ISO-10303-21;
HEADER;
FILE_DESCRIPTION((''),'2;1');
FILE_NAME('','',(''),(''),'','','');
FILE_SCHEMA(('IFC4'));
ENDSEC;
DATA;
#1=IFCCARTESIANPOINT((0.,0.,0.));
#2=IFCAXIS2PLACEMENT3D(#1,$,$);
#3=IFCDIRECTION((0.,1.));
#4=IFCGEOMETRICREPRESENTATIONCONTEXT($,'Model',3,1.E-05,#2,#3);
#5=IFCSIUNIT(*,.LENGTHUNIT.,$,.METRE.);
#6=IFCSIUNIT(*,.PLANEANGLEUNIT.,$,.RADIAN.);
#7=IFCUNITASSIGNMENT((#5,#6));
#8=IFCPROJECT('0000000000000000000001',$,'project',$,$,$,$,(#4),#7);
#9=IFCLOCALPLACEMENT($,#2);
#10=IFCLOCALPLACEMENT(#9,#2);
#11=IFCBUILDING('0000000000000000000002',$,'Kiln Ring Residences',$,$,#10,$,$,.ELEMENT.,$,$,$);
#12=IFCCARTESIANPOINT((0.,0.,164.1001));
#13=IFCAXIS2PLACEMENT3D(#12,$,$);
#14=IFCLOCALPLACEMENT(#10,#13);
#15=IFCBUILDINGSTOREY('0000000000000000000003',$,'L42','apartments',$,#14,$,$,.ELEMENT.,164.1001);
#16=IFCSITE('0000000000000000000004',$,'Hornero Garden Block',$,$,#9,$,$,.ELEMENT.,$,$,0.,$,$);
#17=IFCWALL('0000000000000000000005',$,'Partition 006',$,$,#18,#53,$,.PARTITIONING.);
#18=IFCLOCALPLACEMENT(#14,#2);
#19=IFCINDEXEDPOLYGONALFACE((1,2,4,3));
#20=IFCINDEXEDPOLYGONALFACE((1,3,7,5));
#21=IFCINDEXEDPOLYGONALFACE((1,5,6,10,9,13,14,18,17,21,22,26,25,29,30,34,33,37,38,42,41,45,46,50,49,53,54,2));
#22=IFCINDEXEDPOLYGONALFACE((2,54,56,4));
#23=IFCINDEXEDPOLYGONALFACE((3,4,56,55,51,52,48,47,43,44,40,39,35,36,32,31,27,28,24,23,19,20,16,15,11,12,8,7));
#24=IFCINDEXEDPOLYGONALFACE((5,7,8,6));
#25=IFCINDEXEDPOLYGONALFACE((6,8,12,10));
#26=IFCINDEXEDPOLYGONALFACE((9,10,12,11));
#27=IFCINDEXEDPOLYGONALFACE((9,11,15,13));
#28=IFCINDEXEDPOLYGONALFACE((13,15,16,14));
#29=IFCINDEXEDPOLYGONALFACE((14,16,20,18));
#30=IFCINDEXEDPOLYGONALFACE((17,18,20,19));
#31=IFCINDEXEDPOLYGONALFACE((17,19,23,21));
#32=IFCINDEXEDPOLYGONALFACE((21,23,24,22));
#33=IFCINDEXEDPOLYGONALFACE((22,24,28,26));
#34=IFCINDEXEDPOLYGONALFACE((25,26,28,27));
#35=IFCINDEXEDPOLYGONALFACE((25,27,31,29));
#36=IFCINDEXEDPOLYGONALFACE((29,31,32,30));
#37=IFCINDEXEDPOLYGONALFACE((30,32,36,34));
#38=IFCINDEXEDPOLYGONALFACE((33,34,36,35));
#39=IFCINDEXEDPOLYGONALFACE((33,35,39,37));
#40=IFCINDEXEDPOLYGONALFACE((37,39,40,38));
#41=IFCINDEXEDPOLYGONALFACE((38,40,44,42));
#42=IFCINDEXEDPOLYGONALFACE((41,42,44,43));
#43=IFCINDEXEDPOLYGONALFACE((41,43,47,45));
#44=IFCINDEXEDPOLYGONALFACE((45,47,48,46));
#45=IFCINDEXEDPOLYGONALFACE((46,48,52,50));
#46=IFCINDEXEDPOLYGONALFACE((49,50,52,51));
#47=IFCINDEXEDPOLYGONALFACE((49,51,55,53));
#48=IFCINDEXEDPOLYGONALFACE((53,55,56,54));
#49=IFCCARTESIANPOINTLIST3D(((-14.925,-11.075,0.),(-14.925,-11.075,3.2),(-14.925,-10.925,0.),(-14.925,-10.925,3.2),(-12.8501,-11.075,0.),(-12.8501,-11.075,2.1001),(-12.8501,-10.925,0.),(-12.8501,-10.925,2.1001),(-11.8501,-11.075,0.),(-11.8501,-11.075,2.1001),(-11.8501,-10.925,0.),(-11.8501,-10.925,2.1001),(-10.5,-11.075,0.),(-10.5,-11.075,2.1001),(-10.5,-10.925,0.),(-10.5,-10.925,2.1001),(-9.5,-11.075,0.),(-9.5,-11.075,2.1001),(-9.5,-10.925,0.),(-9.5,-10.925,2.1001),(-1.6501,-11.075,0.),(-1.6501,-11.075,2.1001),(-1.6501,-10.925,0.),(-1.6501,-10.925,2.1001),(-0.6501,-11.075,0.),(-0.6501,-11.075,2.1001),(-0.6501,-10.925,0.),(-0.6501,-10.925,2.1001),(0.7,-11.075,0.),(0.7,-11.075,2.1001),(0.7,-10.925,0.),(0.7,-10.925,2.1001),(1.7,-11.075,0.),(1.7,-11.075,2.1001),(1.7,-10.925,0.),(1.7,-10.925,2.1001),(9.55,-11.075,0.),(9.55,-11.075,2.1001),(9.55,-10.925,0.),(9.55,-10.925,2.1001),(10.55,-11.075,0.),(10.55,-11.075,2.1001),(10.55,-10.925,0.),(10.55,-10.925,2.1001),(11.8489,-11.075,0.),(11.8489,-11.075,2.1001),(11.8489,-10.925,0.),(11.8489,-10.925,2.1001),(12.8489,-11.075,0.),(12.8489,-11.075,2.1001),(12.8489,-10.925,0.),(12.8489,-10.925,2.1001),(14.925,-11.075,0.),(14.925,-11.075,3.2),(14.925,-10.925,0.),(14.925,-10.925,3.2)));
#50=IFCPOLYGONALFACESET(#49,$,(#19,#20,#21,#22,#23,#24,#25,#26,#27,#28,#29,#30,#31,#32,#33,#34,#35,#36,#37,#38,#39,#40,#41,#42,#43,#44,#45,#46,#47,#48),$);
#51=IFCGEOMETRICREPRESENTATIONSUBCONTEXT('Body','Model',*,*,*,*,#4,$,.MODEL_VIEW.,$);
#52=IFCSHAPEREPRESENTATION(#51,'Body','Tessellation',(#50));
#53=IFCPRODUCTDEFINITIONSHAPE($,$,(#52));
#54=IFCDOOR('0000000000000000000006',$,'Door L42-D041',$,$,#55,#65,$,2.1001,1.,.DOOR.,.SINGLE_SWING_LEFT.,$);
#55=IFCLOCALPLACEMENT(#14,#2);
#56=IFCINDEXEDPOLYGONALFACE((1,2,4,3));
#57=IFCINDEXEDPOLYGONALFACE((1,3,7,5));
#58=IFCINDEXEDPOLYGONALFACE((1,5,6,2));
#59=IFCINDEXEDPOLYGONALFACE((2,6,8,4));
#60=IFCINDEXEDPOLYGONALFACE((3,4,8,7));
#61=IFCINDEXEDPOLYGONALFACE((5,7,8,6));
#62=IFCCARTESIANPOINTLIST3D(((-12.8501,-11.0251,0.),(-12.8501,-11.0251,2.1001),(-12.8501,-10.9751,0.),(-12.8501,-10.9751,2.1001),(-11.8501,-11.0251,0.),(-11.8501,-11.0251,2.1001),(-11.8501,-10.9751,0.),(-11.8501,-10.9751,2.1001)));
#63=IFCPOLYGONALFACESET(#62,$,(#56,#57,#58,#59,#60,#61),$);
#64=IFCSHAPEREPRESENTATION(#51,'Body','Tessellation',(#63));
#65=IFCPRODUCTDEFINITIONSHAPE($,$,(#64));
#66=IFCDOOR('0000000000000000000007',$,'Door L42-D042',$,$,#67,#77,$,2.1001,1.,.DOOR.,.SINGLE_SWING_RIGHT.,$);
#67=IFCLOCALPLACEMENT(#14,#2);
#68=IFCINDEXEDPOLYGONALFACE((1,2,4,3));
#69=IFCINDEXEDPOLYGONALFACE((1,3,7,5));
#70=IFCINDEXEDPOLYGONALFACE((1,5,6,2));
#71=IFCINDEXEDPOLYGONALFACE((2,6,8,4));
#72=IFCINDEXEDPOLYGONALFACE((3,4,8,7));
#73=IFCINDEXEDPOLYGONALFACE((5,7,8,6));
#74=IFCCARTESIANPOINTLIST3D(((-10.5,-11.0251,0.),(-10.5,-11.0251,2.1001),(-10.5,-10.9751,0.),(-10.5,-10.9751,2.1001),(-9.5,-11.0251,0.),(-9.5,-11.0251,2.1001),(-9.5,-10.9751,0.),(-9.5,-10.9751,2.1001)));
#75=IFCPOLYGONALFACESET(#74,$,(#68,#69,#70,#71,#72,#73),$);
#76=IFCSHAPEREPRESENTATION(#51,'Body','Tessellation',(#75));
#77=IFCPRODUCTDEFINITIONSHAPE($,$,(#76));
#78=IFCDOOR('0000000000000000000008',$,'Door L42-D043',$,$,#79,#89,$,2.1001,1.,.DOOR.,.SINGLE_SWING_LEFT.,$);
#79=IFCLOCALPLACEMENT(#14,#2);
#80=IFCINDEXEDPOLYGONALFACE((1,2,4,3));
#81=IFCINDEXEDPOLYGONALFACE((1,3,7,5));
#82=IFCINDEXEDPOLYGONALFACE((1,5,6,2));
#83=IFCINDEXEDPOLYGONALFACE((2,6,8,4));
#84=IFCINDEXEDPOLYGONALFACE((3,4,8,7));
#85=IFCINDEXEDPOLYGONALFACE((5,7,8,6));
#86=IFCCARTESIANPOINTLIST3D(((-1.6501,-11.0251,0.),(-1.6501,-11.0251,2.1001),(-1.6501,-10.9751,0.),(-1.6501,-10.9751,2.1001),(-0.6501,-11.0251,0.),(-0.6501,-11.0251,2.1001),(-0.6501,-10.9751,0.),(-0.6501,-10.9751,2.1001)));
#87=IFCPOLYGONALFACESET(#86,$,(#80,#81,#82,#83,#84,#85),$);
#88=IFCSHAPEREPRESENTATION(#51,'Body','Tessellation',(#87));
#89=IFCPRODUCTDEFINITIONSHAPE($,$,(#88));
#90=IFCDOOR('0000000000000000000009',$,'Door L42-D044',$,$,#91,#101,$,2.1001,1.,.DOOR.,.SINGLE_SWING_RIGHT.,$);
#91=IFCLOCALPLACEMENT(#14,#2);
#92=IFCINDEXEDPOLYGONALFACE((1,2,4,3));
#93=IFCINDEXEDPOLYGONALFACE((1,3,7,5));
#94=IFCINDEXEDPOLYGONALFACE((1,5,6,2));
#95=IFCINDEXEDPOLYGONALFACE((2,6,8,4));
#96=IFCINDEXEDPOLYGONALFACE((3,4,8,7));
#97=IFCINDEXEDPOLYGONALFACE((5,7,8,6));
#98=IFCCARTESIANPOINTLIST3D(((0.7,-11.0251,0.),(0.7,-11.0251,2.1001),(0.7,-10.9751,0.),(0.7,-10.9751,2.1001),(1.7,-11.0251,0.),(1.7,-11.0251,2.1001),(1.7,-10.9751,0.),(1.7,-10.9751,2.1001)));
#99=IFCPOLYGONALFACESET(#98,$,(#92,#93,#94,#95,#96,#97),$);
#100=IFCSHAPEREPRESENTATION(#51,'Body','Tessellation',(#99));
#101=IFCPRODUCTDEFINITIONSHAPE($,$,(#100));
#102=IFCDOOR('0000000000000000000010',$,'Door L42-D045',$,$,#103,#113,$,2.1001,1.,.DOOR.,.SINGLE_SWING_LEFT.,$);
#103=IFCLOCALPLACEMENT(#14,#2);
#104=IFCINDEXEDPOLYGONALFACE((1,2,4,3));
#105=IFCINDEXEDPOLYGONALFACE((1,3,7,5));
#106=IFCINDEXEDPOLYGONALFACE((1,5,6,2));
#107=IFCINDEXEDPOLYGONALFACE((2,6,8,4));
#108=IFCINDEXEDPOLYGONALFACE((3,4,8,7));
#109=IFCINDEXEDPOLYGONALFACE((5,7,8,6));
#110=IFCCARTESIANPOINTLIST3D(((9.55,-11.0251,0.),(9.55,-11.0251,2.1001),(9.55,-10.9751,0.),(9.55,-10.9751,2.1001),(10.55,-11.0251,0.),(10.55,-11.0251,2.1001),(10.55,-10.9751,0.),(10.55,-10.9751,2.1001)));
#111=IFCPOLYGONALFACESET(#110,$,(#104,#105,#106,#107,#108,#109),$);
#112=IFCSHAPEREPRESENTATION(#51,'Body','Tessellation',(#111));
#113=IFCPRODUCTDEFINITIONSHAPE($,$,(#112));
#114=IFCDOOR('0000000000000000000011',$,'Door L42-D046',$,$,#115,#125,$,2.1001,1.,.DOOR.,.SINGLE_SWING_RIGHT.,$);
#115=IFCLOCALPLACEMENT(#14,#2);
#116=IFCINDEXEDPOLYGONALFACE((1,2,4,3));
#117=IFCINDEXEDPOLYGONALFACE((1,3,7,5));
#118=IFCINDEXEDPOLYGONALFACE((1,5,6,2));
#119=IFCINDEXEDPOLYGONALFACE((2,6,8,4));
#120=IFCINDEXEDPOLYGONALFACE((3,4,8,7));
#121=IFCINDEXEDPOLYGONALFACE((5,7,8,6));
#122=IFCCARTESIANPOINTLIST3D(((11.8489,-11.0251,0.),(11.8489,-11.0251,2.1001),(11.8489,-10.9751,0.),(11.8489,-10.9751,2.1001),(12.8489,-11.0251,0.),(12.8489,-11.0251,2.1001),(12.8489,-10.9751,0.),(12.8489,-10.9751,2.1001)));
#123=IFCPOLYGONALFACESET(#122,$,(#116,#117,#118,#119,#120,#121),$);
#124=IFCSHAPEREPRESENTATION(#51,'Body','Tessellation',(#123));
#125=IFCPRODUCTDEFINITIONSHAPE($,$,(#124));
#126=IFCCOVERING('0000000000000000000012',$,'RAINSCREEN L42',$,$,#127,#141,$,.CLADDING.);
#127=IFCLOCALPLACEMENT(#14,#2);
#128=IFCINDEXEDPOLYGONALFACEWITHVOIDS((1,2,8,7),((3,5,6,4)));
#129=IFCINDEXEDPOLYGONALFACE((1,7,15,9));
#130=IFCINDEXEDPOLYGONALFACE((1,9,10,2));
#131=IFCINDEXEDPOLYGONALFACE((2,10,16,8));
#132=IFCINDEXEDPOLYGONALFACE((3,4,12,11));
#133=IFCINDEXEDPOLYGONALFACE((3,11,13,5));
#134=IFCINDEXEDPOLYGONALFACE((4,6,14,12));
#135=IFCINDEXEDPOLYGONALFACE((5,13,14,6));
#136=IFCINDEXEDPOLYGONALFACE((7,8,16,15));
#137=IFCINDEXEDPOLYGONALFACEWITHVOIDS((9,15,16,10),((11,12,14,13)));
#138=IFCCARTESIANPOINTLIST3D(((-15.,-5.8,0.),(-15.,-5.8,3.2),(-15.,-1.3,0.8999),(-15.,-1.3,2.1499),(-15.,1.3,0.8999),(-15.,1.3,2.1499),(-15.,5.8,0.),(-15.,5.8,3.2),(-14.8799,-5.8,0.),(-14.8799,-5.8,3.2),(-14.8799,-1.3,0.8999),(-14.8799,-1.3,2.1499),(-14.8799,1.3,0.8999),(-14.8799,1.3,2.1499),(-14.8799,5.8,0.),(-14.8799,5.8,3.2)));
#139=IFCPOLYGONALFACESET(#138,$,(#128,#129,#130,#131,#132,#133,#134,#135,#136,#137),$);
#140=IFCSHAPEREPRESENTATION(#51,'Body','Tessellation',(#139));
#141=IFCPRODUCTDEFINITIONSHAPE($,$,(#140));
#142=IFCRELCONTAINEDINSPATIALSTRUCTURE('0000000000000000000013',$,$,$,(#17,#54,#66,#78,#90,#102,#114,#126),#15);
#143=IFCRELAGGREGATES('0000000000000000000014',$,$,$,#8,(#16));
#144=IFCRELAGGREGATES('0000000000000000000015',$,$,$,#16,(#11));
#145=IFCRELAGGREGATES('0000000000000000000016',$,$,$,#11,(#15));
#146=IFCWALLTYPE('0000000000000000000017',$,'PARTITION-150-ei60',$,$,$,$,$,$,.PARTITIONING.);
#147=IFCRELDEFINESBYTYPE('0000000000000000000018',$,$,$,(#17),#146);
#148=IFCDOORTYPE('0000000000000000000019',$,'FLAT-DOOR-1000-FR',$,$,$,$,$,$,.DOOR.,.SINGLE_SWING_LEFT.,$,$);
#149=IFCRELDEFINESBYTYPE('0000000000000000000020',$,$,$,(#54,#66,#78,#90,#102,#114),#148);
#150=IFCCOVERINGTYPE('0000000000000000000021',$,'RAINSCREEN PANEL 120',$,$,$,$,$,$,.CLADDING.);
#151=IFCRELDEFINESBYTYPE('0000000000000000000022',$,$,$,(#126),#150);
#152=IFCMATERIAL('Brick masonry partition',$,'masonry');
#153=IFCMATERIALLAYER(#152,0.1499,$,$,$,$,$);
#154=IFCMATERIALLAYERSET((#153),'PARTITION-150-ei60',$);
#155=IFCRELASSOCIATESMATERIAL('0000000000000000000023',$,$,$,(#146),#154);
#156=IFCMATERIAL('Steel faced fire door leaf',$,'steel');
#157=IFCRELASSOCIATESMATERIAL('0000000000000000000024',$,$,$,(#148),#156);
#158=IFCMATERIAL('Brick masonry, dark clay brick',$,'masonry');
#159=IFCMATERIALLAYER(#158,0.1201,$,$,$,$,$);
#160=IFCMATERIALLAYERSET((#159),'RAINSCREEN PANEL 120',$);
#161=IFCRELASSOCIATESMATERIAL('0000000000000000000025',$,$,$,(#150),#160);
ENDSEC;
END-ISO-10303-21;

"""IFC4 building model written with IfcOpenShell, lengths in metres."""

from ifc_helpers import new_model, si_unit, direction, frame, frame_2d, origin, place, context, subcontext, project, spatial, polyline, rectangle, outline, extrude, material, layer, layer_set, type_object, element, fill, save


model = new_model("IFC4")

# Units and contexts
model_context = context("Model", 3, precision=1e-05, world=origin(), true_north=direction((0.0, 1.0)))
body_context = subcontext(model_context, "Body", "Model", "MODEL_VIEW")
ifc_project = project(units=[si_unit("LENGTHUNIT", "METRE"), si_unit("PLANEANGLEUNIT", "RADIAN")], contexts=[model_context])

# Site, building, storey
site_placement = place(None, origin())
site = spatial("IfcSite", under=ifc_project, at=site_placement, Name="Hornero Garden Block", CompositionType="ELEMENT", RefElevation=0.0)
building_placement = place(site_placement, origin())
building = spatial("IfcBuilding", under=site, at=building_placement, Name="Kiln Ring Residences", CompositionType="ELEMENT")
storey_placement = place(building_placement, frame((0.0, 0.0, 164.1001)))
storey = spatial("IfcBuildingStorey", under=building, at=storey_placement, Name="L42", Description="apartments", CompositionType="ELEMENT", Elevation=164.1001)

# Wall, openings, doors
ifc_material_1 = material(Name="Brick masonry partition", Category="masonry")
ifc_layer_1 = layer(ifc_material_1, 0.1499)
ifc_layer_set_1 = layer_set([ifc_layer_1], Name="PARTITION-150-ei60")
wall_type_1 = type_object("IfcWallType", Name="PARTITION-150-ei60", PredefinedType="PARTITIONING", material=ifc_layer_set_1)
wall_1_placement = place(storey_placement, frame((-14.925, -11.0, 0.0), z_axis=(0.0, 0.0, 1.0), x_axis=(1.0, 0.0, 0.0)))
wall_1 = element("IfcWall", 1, at=wall_1_placement, inside=storey, type_object=wall_type_1, Name="Partition 006", PredefinedType="PARTITIONING", context=body_context, shape_type="SweptSolid", body=[
    extrude(rectangle(XDim=29.8501, YDim=0.1499, at=frame_2d((14.925, 0.0))), origin(), (0.0, 0.0, 1.0), 3.2),
])
opening_1_placement = place(wall_1_placement, frame((2.075, 0.0, 0.0)))
opening_1 = element("IfcOpeningElement", 2, at=opening_1_placement, cuts=wall_1, PredefinedType="OPENING", context=body_context, shape_type="SweptSolid", body=[
    extrude(rectangle(XDim=1.0, YDim=2.1001, at=frame_2d((0.5, 1.05))), frame((0.0, 0.085, 0.0), z_axis=(0.0, -1.0, 0.0), x_axis=(1.0, 0.0, 0.0)), (0.0, 0.0, 1.0), 0.1699),
])
opening_2_placement = place(wall_1_placement, frame((4.425, 0.0, 0.0)))
opening_2 = element("IfcOpeningElement", 3, at=opening_2_placement, cuts=wall_1, PredefinedType="OPENING", context=body_context, shape_type="SweptSolid", body=[
    extrude(rectangle(XDim=1.0, YDim=2.1001, at=frame_2d((0.5, 1.05))), frame((0.0, 0.085, 0.0), z_axis=(0.0, -1.0, 0.0), x_axis=(1.0, 0.0, 0.0)), (0.0, 0.0, 1.0), 0.1699),
])
opening_3_placement = place(wall_1_placement, frame((13.2749, 0.0, 0.0)))
opening_3 = element("IfcOpeningElement", 4, at=opening_3_placement, cuts=wall_1, PredefinedType="OPENING", context=body_context, shape_type="SweptSolid", body=[
    extrude(rectangle(XDim=1.0, YDim=2.1001, at=frame_2d((0.5, 1.05))), frame((0.0, 0.085, 0.0), z_axis=(0.0, -1.0, 0.0), x_axis=(1.0, 0.0, 0.0)), (0.0, 0.0, 1.0), 0.1699),
])
opening_4_placement = place(wall_1_placement, frame((15.625, 0.0, 0.0)))
opening_4 = element("IfcOpeningElement", 5, at=opening_4_placement, cuts=wall_1, PredefinedType="OPENING", context=body_context, shape_type="SweptSolid", body=[
    extrude(rectangle(XDim=1.0, YDim=2.1001, at=frame_2d((0.5, 1.05))), frame((0.0, 0.085, 0.0), z_axis=(0.0, -1.0, 0.0), x_axis=(1.0, 0.0, 0.0)), (0.0, 0.0, 1.0), 0.1699),
])
opening_5_placement = place(wall_1_placement, frame((24.4751, 0.0, 0.0)))
opening_5 = element("IfcOpeningElement", 6, at=opening_5_placement, cuts=wall_1, PredefinedType="OPENING", context=body_context, shape_type="SweptSolid", body=[
    extrude(rectangle(XDim=1.0, YDim=2.1001, at=frame_2d((0.5, 1.05))), frame((0.0, 0.085, 0.0), z_axis=(0.0, -1.0, 0.0), x_axis=(1.0, 0.0, 0.0)), (0.0, 0.0, 1.0), 0.1699),
])
opening_6_placement = place(wall_1_placement, frame((26.7739, 0.0, 0.0)))
opening_6 = element("IfcOpeningElement", 7, at=opening_6_placement, cuts=wall_1, PredefinedType="OPENING", context=body_context, shape_type="SweptSolid", body=[
    extrude(rectangle(XDim=1.0, YDim=2.1001, at=frame_2d((0.5, 1.05))), frame((0.0, 0.085, 0.0), z_axis=(0.0, -1.0, 0.0), x_axis=(1.0, 0.0, 0.0)), (0.0, 0.0, 1.0), 0.1699),
])
ifc_material_2 = material(Name="Steel faced fire door leaf", Category="steel")
door_type_1 = type_object("IfcDoorType", Name="FLAT-DOOR-1000-FR", OperationType="SINGLE_SWING_LEFT", PredefinedType="DOOR", material=ifc_material_2)
door_1_placement = place(opening_1_placement, origin())
door_1 = element("IfcDoor", 8, at=door_1_placement, inside=storey, type_object=door_type_1, Name="Door L42-D041", OperationType="SINGLE_SWING_LEFT", OverallHeight=2.1001, OverallWidth=1.0, PredefinedType="DOOR", context=body_context, shape_type="SweptSolid", body=[
    extrude(rectangle(XDim=1.0, YDim=2.1001, at=frame_2d((0.5, 1.05))), frame((0.0, 0.0249, 0.0), z_axis=(0.0, -1.0, 0.0), x_axis=(1.0, 0.0, 0.0)), (0.0, 0.0, 1.0), 0.05),
])
fill(opening_1, door_1)
door_2_placement = place(opening_2_placement, origin())
door_2 = element("IfcDoor", 9, at=door_2_placement, inside=storey, type_object=door_type_1, Name="Door L42-D042", OperationType="SINGLE_SWING_RIGHT", OverallHeight=2.1001, OverallWidth=1.0, PredefinedType="DOOR", context=body_context, shape_type="SweptSolid", body=[
    extrude(rectangle(XDim=1.0, YDim=2.1001, at=frame_2d((0.5, 1.05))), frame((0.0, 0.0249, 0.0), z_axis=(0.0, -1.0, 0.0), x_axis=(1.0, 0.0, 0.0)), (0.0, 0.0, 1.0), 0.05),
])
fill(opening_2, door_2)
door_3_placement = place(opening_3_placement, origin())
door_3 = element("IfcDoor", 10, at=door_3_placement, inside=storey, type_object=door_type_1, Name="Door L42-D043", OperationType="SINGLE_SWING_LEFT", OverallHeight=2.1001, OverallWidth=1.0, PredefinedType="DOOR", context=body_context, shape_type="SweptSolid", body=[
    extrude(rectangle(XDim=1.0, YDim=2.1001, at=frame_2d((0.5, 1.05))), frame((0.0, 0.0249, 0.0), z_axis=(0.0, -1.0, 0.0), x_axis=(1.0, 0.0, 0.0)), (0.0, 0.0, 1.0), 0.05),
])
fill(opening_3, door_3)
door_4_placement = place(opening_4_placement, origin())
door_4 = element("IfcDoor", 11, at=door_4_placement, inside=storey, type_object=door_type_1, Name="Door L42-D044", OperationType="SINGLE_SWING_RIGHT", OverallHeight=2.1001, OverallWidth=1.0, PredefinedType="DOOR", context=body_context, shape_type="SweptSolid", body=[
    extrude(rectangle(XDim=1.0, YDim=2.1001, at=frame_2d((0.5, 1.05))), frame((0.0, 0.0249, 0.0), z_axis=(0.0, -1.0, 0.0), x_axis=(1.0, 0.0, 0.0)), (0.0, 0.0, 1.0), 0.05),
])
fill(opening_4, door_4)
door_5_placement = place(opening_5_placement, origin())
door_5 = element("IfcDoor", 12, at=door_5_placement, inside=storey, type_object=door_type_1, Name="Door L42-D045", OperationType="SINGLE_SWING_LEFT", OverallHeight=2.1001, OverallWidth=1.0, PredefinedType="DOOR", context=body_context, shape_type="SweptSolid", body=[
    extrude(rectangle(XDim=1.0, YDim=2.1001, at=frame_2d((0.5, 1.05))), frame((0.0, 0.0249, 0.0), z_axis=(0.0, -1.0, 0.0), x_axis=(1.0, 0.0, 0.0)), (0.0, 0.0, 1.0), 0.05),
])
fill(opening_5, door_5)
door_6_placement = place(opening_6_placement, origin())
door_6 = element("IfcDoor", 13, at=door_6_placement, inside=storey, type_object=door_type_1, Name="Door L42-D046", OperationType="SINGLE_SWING_RIGHT", OverallHeight=2.1001, OverallWidth=1.0, PredefinedType="DOOR", context=body_context, shape_type="SweptSolid", body=[
    extrude(rectangle(XDim=1.0, YDim=2.1001, at=frame_2d((0.5, 1.05))), frame((0.0, 0.0249, 0.0), z_axis=(0.0, -1.0, 0.0), x_axis=(1.0, 0.0, 0.0)), (0.0, 0.0, 1.0), 0.05),
])
fill(opening_6, door_6)

# Covering
ifc_material_3 = material(Name="Brick masonry, dark clay brick", Category="masonry")
ifc_layer_2 = layer(ifc_material_3, 0.1201)
ifc_layer_set_2 = layer_set([ifc_layer_2], Name="RAINSCREEN PANEL 120")
covering_type = type_object("IfcCoveringType", Name="RAINSCREEN PANEL 120", PredefinedType="CLADDING", material=ifc_layer_set_2)
covering_placement = place(storey_placement, frame((-14.9399, -5.8, 0.0), z_axis=(0.0, 0.0, 1.0), x_axis=(0.0, 1.0, 0.0)))
element("IfcCovering", 14, at=covering_placement, inside=storey, type_object=covering_type, Name="RAINSCREEN L42", PredefinedType="CLADDING", context=body_context, shape_type="SweptSolid", body=[
    extrude(outline(polyline([(0.0, 0.0), (11.6001, 0.0), (11.6001, 3.2), (0.0, 3.2), (0.0, 0.0)]), holes=[polyline([(4.5, 2.1499), (4.5, 0.8999), (7.1001, 0.8999), (7.1001, 2.1499), (4.5, 2.1499)])]), frame((0.0, 0.0601, 0.0), z_axis=(0.0, -1.0, 0.0), x_axis=(1.0, 0.0, 0.0)), (0.0, 0.0, 1.0), 0.1201),
])

save(model, "model.ifc")
